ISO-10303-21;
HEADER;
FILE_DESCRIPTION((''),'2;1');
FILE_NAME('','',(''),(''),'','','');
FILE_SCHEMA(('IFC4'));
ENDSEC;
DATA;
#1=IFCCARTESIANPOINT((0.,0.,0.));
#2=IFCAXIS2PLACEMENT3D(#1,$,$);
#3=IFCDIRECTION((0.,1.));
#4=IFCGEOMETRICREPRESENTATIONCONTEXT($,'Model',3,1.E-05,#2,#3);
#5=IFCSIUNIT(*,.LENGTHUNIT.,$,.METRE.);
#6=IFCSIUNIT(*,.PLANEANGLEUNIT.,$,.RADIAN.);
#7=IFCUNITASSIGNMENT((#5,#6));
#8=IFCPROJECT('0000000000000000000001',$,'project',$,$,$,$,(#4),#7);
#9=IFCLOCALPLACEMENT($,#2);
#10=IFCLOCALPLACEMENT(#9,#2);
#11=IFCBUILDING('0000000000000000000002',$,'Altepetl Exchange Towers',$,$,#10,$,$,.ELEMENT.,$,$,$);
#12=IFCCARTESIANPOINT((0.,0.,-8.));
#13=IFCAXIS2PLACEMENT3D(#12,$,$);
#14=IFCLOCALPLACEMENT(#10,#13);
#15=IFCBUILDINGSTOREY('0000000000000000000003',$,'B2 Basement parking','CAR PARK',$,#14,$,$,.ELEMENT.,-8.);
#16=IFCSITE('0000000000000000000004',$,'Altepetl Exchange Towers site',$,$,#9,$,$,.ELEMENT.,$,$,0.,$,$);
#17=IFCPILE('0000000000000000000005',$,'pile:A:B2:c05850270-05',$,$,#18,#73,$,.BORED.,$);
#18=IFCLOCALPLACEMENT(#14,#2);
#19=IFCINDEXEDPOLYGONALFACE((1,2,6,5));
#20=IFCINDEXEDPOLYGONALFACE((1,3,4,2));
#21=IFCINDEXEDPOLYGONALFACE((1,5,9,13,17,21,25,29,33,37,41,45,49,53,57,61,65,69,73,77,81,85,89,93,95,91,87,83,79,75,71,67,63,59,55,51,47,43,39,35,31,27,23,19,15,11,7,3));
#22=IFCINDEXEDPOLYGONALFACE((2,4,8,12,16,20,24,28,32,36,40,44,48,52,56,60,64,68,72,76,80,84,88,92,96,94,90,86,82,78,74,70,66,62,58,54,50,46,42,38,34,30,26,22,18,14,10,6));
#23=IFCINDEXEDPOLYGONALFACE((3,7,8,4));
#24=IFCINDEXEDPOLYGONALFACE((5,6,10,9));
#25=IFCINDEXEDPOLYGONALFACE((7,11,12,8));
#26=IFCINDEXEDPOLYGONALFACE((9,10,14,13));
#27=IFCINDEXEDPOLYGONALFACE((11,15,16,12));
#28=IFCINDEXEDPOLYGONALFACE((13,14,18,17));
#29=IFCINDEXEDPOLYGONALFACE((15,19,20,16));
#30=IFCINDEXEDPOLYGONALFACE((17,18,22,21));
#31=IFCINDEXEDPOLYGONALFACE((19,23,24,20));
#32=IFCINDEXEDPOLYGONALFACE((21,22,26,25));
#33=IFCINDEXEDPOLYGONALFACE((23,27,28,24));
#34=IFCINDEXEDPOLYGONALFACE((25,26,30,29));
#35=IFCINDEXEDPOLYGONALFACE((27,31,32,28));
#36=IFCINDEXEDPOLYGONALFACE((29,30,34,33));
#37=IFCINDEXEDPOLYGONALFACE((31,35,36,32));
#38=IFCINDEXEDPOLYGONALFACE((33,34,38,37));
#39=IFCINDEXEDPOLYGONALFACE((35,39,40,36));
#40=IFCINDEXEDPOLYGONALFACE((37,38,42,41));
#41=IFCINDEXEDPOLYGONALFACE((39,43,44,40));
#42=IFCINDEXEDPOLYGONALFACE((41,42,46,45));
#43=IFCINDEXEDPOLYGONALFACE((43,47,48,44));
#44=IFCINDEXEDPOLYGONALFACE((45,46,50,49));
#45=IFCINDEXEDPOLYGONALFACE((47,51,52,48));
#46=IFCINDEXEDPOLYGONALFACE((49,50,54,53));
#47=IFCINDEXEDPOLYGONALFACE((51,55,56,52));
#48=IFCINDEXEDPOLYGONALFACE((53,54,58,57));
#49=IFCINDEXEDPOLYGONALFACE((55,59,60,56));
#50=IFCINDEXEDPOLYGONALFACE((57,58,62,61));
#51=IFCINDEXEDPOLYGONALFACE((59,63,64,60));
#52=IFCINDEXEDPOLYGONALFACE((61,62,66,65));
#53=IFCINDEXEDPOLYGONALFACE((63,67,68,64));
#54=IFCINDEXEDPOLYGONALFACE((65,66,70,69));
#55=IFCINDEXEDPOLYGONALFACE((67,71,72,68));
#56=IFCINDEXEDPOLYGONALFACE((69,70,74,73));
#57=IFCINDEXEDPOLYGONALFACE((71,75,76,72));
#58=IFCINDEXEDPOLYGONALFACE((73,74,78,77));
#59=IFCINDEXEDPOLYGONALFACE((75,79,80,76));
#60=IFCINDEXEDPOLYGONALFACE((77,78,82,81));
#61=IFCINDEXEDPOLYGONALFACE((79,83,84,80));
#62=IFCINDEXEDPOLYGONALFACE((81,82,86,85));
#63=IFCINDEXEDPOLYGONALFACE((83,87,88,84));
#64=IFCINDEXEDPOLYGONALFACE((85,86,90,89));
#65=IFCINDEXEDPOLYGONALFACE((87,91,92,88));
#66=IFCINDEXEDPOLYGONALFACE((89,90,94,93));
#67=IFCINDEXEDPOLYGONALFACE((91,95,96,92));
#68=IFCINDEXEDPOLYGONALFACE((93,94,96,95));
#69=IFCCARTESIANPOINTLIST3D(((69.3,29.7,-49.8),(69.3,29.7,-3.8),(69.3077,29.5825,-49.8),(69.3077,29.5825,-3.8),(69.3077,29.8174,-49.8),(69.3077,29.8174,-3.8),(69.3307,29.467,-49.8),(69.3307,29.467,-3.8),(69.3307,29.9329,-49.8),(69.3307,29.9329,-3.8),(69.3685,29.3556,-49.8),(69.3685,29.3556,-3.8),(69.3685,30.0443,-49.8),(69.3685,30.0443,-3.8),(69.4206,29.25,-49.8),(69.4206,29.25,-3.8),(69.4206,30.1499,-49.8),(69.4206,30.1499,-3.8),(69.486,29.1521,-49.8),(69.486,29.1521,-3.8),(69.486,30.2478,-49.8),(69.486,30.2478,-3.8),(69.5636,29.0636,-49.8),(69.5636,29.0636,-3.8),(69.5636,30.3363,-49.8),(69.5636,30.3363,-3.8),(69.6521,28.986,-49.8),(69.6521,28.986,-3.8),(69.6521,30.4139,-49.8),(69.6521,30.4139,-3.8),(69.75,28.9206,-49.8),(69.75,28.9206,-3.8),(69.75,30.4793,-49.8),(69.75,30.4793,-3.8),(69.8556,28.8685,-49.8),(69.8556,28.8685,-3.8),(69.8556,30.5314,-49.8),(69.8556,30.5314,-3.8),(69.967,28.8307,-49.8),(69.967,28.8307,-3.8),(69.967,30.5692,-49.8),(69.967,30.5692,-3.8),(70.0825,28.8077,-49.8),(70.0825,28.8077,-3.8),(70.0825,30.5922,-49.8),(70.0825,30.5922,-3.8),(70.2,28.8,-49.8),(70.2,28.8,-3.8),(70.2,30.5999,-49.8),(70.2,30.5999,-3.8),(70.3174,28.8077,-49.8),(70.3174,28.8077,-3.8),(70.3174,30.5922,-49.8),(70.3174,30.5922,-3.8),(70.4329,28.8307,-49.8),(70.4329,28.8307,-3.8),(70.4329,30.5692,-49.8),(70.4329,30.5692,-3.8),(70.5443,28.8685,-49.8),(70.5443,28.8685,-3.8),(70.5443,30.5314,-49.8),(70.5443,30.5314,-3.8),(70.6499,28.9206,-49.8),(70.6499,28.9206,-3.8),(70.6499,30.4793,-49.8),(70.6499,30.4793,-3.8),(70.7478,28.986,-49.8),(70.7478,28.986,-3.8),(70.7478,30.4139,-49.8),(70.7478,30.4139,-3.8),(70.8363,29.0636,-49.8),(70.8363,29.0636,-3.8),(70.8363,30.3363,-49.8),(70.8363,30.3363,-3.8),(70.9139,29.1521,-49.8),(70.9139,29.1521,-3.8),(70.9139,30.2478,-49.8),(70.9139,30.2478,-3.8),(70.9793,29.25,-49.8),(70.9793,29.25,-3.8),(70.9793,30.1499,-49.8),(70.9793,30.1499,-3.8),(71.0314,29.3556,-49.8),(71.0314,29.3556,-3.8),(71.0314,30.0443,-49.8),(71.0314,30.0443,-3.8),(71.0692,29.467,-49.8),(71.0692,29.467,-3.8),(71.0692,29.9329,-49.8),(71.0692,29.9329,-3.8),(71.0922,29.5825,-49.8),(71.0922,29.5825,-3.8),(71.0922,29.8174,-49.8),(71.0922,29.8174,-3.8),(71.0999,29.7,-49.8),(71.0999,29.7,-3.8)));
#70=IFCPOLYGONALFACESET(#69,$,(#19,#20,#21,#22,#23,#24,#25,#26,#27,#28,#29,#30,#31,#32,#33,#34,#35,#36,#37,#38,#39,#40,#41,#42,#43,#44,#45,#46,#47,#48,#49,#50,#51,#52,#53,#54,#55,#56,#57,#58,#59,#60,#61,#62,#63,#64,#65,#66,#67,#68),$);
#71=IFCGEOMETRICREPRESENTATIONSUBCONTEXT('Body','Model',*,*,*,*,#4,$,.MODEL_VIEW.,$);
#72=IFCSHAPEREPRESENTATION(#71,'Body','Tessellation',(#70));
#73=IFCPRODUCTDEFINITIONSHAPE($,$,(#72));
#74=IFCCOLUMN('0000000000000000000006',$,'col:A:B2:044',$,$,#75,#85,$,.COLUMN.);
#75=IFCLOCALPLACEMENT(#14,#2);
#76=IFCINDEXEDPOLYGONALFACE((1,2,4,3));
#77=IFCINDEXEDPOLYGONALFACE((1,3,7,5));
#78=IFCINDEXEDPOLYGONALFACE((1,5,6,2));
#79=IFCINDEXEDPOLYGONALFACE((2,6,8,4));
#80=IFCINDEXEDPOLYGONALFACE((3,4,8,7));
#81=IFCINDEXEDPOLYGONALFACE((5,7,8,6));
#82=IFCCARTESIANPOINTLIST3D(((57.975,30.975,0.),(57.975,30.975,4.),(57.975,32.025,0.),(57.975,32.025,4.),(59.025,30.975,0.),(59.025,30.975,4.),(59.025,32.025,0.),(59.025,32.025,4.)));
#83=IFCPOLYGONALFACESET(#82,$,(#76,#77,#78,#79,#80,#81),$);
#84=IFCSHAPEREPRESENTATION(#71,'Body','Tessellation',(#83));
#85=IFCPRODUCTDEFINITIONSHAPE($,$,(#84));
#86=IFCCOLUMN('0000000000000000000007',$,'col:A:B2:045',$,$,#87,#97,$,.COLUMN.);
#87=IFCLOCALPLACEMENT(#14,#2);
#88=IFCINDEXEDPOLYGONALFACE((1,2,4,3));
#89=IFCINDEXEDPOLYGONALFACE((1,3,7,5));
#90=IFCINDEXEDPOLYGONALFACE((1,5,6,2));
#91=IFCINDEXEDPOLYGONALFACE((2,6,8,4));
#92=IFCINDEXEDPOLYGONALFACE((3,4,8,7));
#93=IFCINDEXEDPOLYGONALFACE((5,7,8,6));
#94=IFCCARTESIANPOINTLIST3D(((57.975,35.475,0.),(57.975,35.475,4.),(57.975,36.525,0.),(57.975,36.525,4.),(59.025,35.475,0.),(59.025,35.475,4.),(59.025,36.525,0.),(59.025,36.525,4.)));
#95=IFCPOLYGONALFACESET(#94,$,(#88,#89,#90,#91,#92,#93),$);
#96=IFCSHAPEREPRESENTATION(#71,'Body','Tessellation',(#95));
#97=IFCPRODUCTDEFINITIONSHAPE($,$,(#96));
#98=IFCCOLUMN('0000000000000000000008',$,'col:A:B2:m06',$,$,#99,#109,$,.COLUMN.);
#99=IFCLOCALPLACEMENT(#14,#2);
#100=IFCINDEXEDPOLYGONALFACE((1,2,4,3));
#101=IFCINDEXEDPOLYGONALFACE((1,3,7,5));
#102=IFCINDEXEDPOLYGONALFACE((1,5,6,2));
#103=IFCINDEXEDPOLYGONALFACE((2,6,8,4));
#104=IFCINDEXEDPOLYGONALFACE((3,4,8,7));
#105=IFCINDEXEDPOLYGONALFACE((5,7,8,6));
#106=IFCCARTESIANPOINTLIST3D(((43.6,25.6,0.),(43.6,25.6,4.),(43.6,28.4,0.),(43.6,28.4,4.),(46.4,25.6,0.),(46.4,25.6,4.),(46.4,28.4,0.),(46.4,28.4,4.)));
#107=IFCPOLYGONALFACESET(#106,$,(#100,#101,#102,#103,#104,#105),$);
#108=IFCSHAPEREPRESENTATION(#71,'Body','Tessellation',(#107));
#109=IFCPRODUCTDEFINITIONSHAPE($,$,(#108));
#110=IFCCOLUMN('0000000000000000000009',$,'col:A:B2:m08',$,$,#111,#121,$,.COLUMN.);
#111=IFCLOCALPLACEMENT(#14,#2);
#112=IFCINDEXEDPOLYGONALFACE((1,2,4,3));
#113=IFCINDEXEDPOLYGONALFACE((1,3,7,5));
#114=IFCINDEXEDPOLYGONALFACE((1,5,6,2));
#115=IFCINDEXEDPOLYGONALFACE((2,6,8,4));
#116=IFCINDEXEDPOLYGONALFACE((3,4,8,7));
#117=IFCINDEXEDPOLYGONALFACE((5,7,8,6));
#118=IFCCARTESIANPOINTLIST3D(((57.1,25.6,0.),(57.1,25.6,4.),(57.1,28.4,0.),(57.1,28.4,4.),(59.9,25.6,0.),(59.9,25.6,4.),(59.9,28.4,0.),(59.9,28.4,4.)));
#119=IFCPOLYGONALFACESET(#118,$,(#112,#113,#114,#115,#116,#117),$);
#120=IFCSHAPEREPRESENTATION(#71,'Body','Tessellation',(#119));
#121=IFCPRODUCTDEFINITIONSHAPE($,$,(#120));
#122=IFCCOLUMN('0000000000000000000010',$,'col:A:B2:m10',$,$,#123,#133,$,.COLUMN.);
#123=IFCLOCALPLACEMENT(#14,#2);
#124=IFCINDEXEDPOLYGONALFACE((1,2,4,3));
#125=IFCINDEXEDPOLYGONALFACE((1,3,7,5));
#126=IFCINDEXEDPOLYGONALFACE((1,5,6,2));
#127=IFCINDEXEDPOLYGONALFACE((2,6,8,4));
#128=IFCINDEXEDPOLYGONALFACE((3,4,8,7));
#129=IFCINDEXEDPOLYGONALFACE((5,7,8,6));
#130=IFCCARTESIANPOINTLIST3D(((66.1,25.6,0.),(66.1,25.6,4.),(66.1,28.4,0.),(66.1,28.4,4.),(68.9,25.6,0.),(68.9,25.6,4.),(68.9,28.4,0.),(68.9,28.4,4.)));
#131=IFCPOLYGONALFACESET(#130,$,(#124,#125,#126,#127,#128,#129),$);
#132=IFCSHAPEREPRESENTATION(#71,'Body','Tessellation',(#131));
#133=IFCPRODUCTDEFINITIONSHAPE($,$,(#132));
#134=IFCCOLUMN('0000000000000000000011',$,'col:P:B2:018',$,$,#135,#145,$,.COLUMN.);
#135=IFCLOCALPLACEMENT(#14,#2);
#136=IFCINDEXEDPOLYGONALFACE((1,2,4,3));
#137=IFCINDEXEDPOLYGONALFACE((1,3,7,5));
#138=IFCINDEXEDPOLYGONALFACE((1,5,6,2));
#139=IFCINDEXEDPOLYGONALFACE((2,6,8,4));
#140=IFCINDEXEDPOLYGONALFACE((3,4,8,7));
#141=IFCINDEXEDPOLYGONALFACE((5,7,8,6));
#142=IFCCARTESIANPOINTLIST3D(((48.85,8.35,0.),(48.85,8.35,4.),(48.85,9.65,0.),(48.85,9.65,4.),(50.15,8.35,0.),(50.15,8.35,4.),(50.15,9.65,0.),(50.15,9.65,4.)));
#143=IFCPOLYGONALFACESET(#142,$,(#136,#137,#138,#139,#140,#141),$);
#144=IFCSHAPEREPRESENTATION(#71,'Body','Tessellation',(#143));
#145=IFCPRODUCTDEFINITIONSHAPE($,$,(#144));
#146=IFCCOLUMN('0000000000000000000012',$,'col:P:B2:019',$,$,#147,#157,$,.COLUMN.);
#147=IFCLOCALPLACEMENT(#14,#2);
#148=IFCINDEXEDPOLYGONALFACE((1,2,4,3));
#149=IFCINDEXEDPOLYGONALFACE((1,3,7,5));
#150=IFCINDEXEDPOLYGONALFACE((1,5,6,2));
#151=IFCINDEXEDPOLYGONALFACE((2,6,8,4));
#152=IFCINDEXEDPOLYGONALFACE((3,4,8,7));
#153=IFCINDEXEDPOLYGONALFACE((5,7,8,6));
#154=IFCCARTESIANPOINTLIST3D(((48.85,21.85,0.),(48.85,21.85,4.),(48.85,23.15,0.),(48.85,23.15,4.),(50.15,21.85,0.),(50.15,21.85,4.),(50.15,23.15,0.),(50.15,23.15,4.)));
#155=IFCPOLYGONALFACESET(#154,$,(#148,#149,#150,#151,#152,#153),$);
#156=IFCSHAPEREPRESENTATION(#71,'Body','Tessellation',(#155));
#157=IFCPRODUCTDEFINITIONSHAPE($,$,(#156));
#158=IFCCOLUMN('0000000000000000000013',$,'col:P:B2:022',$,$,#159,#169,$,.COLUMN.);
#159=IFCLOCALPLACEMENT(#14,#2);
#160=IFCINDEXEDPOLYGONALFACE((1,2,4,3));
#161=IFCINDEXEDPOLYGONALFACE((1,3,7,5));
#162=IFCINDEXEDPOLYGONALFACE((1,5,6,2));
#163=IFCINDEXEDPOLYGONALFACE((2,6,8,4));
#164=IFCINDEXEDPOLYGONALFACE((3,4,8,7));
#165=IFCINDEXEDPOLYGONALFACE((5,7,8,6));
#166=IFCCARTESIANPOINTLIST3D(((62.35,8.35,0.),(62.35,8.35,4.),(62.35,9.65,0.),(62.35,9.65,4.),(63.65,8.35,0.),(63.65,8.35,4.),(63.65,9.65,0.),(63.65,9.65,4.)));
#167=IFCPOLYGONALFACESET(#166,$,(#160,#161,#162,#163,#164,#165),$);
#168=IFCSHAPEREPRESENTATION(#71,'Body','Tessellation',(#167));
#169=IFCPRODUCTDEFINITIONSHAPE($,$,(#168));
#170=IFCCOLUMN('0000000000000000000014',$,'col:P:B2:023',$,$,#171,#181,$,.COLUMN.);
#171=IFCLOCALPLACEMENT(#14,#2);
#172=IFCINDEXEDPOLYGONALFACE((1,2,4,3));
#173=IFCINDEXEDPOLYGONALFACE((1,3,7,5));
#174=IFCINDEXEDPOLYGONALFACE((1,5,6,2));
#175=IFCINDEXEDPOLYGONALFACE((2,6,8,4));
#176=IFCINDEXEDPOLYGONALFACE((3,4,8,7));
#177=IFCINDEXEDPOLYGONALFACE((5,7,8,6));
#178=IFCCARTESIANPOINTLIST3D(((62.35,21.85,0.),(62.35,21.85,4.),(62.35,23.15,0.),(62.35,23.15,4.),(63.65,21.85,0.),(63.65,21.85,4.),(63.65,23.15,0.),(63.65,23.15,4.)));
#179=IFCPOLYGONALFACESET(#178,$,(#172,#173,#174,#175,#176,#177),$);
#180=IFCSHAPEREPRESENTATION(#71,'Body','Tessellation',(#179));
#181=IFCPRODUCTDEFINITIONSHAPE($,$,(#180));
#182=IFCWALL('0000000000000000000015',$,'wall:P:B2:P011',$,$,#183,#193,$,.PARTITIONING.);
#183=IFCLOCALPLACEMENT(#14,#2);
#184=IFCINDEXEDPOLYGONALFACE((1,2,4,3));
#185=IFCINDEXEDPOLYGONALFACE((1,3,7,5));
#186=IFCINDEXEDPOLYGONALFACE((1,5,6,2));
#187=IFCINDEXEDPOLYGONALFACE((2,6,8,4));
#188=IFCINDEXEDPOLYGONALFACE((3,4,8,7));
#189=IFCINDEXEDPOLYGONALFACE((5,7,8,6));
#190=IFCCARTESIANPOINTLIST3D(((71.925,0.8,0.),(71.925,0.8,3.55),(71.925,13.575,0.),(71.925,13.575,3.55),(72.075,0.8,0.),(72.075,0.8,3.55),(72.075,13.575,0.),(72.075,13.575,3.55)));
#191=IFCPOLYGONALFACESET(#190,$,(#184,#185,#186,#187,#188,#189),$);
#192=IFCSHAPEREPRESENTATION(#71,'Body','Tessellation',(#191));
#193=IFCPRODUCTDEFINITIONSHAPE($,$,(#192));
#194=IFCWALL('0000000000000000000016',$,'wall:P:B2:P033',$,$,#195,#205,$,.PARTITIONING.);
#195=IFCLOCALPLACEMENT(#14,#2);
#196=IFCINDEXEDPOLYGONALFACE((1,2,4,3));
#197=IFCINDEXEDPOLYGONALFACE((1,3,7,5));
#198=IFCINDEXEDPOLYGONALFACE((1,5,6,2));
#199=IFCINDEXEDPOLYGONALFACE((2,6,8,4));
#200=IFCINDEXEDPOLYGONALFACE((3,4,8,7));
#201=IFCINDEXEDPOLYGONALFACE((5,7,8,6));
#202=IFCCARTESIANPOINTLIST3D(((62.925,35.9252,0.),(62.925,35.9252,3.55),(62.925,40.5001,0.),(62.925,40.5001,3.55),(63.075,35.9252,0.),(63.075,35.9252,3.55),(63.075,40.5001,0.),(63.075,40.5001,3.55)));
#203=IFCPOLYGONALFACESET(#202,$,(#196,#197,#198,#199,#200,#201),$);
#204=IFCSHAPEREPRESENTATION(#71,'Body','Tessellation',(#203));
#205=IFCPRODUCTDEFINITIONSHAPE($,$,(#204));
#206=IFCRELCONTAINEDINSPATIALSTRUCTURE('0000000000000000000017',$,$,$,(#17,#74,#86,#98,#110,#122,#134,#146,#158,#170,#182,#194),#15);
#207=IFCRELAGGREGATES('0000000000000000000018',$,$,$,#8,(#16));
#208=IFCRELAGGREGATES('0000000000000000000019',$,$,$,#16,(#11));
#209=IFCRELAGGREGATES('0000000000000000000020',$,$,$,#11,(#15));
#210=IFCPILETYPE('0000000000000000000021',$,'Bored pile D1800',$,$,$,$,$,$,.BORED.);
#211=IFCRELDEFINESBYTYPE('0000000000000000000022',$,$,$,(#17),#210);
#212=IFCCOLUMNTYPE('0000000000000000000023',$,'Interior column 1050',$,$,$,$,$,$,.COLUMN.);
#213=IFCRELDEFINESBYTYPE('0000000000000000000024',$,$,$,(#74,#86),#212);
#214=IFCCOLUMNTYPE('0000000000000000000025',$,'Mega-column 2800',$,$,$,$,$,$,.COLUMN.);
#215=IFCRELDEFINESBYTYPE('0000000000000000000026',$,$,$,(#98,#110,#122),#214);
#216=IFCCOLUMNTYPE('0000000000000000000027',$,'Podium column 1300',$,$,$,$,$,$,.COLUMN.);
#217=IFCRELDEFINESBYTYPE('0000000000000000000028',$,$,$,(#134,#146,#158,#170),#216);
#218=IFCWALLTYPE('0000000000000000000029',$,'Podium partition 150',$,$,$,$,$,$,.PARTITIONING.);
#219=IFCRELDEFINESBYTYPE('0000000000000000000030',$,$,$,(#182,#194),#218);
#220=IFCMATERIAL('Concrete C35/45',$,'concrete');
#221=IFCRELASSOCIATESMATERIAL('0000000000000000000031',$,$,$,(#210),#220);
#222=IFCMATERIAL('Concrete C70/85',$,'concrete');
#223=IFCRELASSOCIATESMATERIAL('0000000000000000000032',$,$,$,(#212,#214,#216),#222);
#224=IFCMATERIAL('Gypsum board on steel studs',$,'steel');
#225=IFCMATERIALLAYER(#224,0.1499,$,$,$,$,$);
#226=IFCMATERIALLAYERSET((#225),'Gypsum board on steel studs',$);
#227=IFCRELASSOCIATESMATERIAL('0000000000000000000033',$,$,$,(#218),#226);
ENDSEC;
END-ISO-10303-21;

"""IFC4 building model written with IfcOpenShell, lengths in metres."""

from ifc_helpers import new_model, si_unit, direction, frame, frame_2d, origin, origin_2d, place, context, subcontext, project, spatial, rectangle, circle, extrude, material, layer, layer_set, material_profile, profile_set, type_object, element, save


model = new_model("IFC4")

# Units and contexts
model_context = context("Model", 3, precision=1e-05, world=origin(), true_north=direction((0.0, 1.0)))
body_context = subcontext(model_context, "Body", "Model", "MODEL_VIEW")
ifc_project = project(units=[si_unit("LENGTHUNIT", "METRE"), si_unit("PLANEANGLEUNIT", "RADIAN")], contexts=[model_context])

# Site, building, storey
site_placement = place(None, origin())
site = spatial("IfcSite", under=ifc_project, at=site_placement, Name="Altepetl Exchange Towers site", CompositionType="ELEMENT", RefElevation=0.0)
building_placement = place(site_placement, origin())
building = spatial("IfcBuilding", under=site, at=building_placement, Name="Altepetl Exchange Towers", CompositionType="ELEMENT")
storey_placement = place(building_placement, frame((0.0, 0.0, -8.0)))
storey = spatial("IfcBuildingStorey", under=building, at=storey_placement, Name="B2 Basement parking", Description="CAR PARK", CompositionType="ELEMENT", Elevation=-8.0)

# Pile
ifc_material_1 = material(Name="Concrete C35/45", Category="concrete")
ifc_material_profile_1 = material_profile(ifc_material_1, circle(Radius=0.8999, at=origin_2d()), Name="D1800")
ifc_profile_set_1 = profile_set([ifc_material_profile_1], Name="Concrete C35/45")
pile_type_1 = type_object("IfcPileType", Name="Bored pile D1800", PredefinedType="BORED", material=ifc_profile_set_1)
for number, where, z_axis, x_axis, name in (
    (1, (70.2, 29.7, -3.8), (0.0, 0.0, -1.0), (1.0, 0.0, 0.0), "pile:A:B2:c05850270-05"),
):
    element("IfcPile", number, at=place(storey_placement, frame(where, z_axis=z_axis, x_axis=x_axis)), inside=storey, type_object=pile_type_1, Name=name, PredefinedType="BORED", context=body_context, shape_type="SweptSolid", body=[
        extrude(circle(Radius=0.8999, at=origin_2d()), origin(), (0.0, 0.0, 1.0), 46.0),
    ])

# Columns
ifc_material_2 = material(Name="Concrete C70/85", Category="concrete")
ifc_material_profile_2 = material_profile(ifc_material_2, rectangle(XDim=1.05, YDim=1.05, at=origin_2d()), Name="1050 x 1050")
ifc_profile_set_2 = profile_set([ifc_material_profile_2], Name="Concrete C70/85")
column_type_1 = type_object("IfcColumnType", Name="Interior column 1050", PredefinedType="COLUMN", material=ifc_profile_set_2)
for number, where, name in (
    (2, (58.5, 31.5, 0.0), "col:A:B2:044"),
    (3, (58.5, 36.0, 0.0), "col:A:B2:045"),
):
    element("IfcColumn", number, at=place(storey_placement, frame(where)), inside=storey, type_object=column_type_1, Name=name, PredefinedType="COLUMN", context=body_context, shape_type="SweptSolid", body=[
        extrude(rectangle(XDim=1.05, YDim=1.05, at=origin_2d()), origin(), (0.0, 0.0, 1.0), 4.0),
    ])
ifc_material_profile_3 = material_profile(ifc_material_2, rectangle(XDim=2.8, YDim=2.8, at=origin_2d()), Name="2800 x 2800")
ifc_profile_set_3 = profile_set([ifc_material_profile_3], Name="Concrete C70/85")
column_type_2 = type_object("IfcColumnType", Name="Mega-column 2800", PredefinedType="COLUMN", material=ifc_profile_set_3)
for number, where, name in (
    (4, (45.0, 27.0, 0.0), "col:A:B2:m06"),
    (5, (58.5, 27.0, 0.0), "col:A:B2:m08"),
    (6, (67.5, 27.0, 0.0), "col:A:B2:m10"),
):
    element("IfcColumn", number, at=place(storey_placement, frame(where)), inside=storey, type_object=column_type_2, Name=name, PredefinedType="COLUMN", context=body_context, shape_type="SweptSolid", body=[
        extrude(rectangle(XDim=2.8, YDim=2.8, at=origin_2d()), origin(), (0.0, 0.0, 1.0), 4.0),
    ])
ifc_material_profile_4 = material_profile(ifc_material_2, rectangle(XDim=1.3, YDim=1.3, at=origin_2d()), Name="1300 x 1300")
ifc_profile_set_4 = profile_set([ifc_material_profile_4], Name="Concrete C70/85")
column_type_3 = type_object("IfcColumnType", Name="Podium column 1300", PredefinedType="COLUMN", material=ifc_profile_set_4)
for number, where, name in (
    (7, (49.5, 9.0, 0.0), "col:P:B2:018"),
    (8, (49.5, 22.5, 0.0), "col:P:B2:019"),
    (9, (63.0, 9.0, 0.0), "col:P:B2:022"),
    (10, (63.0, 22.5, 0.0), "col:P:B2:023"),
):
    element("IfcColumn", number, at=place(storey_placement, frame(where)), inside=storey, type_object=column_type_3, Name=name, PredefinedType="COLUMN", context=body_context, shape_type="SweptSolid", body=[
        extrude(rectangle(XDim=1.3, YDim=1.3, at=origin_2d()), origin(), (0.0, 0.0, 1.0), 4.0),
    ])

# Walls
ifc_material_3 = material(Name="Gypsum board on steel studs", Category="steel")
ifc_layer = layer(ifc_material_3, 0.1499)
ifc_layer_set = layer_set([ifc_layer], Name="Gypsum board on steel studs")
wall_type = type_object("IfcWallType", Name="Podium partition 150", PredefinedType="PARTITIONING", material=ifc_layer_set)
wall_1_placement = place(storey_placement, frame((72.0, 0.8, 0.0), z_axis=(0.0, 0.0, 1.0), x_axis=(0.0, 1.0, 0.0)))
element("IfcWall", 11, at=wall_1_placement, inside=storey, type_object=wall_type, Name="wall:P:B2:P011", PredefinedType="PARTITIONING", context=body_context, shape_type="SweptSolid", body=[
    extrude(rectangle(XDim=12.7749, YDim=0.1499, at=frame_2d((6.3875, 0.0))), origin(), (0.0, 0.0, 1.0), 3.55),
])
wall_2_placement = place(storey_placement, frame((63.0, 35.925, 0.0), z_axis=(0.0, 0.0, 1.0), x_axis=(0.0, 1.0, 0.0)))
element("IfcWall", 12, at=wall_2_placement, inside=storey, type_object=wall_type, Name="wall:P:B2:P033", PredefinedType="PARTITIONING", context=body_context, shape_type="SweptSolid", body=[
    extrude(rectangle(XDim=4.575, YDim=0.1499, at=frame_2d((2.2876, 0.0))), origin(), (0.0, 0.0, 1.0), 3.55),
])

save(model, "model.ifc")
